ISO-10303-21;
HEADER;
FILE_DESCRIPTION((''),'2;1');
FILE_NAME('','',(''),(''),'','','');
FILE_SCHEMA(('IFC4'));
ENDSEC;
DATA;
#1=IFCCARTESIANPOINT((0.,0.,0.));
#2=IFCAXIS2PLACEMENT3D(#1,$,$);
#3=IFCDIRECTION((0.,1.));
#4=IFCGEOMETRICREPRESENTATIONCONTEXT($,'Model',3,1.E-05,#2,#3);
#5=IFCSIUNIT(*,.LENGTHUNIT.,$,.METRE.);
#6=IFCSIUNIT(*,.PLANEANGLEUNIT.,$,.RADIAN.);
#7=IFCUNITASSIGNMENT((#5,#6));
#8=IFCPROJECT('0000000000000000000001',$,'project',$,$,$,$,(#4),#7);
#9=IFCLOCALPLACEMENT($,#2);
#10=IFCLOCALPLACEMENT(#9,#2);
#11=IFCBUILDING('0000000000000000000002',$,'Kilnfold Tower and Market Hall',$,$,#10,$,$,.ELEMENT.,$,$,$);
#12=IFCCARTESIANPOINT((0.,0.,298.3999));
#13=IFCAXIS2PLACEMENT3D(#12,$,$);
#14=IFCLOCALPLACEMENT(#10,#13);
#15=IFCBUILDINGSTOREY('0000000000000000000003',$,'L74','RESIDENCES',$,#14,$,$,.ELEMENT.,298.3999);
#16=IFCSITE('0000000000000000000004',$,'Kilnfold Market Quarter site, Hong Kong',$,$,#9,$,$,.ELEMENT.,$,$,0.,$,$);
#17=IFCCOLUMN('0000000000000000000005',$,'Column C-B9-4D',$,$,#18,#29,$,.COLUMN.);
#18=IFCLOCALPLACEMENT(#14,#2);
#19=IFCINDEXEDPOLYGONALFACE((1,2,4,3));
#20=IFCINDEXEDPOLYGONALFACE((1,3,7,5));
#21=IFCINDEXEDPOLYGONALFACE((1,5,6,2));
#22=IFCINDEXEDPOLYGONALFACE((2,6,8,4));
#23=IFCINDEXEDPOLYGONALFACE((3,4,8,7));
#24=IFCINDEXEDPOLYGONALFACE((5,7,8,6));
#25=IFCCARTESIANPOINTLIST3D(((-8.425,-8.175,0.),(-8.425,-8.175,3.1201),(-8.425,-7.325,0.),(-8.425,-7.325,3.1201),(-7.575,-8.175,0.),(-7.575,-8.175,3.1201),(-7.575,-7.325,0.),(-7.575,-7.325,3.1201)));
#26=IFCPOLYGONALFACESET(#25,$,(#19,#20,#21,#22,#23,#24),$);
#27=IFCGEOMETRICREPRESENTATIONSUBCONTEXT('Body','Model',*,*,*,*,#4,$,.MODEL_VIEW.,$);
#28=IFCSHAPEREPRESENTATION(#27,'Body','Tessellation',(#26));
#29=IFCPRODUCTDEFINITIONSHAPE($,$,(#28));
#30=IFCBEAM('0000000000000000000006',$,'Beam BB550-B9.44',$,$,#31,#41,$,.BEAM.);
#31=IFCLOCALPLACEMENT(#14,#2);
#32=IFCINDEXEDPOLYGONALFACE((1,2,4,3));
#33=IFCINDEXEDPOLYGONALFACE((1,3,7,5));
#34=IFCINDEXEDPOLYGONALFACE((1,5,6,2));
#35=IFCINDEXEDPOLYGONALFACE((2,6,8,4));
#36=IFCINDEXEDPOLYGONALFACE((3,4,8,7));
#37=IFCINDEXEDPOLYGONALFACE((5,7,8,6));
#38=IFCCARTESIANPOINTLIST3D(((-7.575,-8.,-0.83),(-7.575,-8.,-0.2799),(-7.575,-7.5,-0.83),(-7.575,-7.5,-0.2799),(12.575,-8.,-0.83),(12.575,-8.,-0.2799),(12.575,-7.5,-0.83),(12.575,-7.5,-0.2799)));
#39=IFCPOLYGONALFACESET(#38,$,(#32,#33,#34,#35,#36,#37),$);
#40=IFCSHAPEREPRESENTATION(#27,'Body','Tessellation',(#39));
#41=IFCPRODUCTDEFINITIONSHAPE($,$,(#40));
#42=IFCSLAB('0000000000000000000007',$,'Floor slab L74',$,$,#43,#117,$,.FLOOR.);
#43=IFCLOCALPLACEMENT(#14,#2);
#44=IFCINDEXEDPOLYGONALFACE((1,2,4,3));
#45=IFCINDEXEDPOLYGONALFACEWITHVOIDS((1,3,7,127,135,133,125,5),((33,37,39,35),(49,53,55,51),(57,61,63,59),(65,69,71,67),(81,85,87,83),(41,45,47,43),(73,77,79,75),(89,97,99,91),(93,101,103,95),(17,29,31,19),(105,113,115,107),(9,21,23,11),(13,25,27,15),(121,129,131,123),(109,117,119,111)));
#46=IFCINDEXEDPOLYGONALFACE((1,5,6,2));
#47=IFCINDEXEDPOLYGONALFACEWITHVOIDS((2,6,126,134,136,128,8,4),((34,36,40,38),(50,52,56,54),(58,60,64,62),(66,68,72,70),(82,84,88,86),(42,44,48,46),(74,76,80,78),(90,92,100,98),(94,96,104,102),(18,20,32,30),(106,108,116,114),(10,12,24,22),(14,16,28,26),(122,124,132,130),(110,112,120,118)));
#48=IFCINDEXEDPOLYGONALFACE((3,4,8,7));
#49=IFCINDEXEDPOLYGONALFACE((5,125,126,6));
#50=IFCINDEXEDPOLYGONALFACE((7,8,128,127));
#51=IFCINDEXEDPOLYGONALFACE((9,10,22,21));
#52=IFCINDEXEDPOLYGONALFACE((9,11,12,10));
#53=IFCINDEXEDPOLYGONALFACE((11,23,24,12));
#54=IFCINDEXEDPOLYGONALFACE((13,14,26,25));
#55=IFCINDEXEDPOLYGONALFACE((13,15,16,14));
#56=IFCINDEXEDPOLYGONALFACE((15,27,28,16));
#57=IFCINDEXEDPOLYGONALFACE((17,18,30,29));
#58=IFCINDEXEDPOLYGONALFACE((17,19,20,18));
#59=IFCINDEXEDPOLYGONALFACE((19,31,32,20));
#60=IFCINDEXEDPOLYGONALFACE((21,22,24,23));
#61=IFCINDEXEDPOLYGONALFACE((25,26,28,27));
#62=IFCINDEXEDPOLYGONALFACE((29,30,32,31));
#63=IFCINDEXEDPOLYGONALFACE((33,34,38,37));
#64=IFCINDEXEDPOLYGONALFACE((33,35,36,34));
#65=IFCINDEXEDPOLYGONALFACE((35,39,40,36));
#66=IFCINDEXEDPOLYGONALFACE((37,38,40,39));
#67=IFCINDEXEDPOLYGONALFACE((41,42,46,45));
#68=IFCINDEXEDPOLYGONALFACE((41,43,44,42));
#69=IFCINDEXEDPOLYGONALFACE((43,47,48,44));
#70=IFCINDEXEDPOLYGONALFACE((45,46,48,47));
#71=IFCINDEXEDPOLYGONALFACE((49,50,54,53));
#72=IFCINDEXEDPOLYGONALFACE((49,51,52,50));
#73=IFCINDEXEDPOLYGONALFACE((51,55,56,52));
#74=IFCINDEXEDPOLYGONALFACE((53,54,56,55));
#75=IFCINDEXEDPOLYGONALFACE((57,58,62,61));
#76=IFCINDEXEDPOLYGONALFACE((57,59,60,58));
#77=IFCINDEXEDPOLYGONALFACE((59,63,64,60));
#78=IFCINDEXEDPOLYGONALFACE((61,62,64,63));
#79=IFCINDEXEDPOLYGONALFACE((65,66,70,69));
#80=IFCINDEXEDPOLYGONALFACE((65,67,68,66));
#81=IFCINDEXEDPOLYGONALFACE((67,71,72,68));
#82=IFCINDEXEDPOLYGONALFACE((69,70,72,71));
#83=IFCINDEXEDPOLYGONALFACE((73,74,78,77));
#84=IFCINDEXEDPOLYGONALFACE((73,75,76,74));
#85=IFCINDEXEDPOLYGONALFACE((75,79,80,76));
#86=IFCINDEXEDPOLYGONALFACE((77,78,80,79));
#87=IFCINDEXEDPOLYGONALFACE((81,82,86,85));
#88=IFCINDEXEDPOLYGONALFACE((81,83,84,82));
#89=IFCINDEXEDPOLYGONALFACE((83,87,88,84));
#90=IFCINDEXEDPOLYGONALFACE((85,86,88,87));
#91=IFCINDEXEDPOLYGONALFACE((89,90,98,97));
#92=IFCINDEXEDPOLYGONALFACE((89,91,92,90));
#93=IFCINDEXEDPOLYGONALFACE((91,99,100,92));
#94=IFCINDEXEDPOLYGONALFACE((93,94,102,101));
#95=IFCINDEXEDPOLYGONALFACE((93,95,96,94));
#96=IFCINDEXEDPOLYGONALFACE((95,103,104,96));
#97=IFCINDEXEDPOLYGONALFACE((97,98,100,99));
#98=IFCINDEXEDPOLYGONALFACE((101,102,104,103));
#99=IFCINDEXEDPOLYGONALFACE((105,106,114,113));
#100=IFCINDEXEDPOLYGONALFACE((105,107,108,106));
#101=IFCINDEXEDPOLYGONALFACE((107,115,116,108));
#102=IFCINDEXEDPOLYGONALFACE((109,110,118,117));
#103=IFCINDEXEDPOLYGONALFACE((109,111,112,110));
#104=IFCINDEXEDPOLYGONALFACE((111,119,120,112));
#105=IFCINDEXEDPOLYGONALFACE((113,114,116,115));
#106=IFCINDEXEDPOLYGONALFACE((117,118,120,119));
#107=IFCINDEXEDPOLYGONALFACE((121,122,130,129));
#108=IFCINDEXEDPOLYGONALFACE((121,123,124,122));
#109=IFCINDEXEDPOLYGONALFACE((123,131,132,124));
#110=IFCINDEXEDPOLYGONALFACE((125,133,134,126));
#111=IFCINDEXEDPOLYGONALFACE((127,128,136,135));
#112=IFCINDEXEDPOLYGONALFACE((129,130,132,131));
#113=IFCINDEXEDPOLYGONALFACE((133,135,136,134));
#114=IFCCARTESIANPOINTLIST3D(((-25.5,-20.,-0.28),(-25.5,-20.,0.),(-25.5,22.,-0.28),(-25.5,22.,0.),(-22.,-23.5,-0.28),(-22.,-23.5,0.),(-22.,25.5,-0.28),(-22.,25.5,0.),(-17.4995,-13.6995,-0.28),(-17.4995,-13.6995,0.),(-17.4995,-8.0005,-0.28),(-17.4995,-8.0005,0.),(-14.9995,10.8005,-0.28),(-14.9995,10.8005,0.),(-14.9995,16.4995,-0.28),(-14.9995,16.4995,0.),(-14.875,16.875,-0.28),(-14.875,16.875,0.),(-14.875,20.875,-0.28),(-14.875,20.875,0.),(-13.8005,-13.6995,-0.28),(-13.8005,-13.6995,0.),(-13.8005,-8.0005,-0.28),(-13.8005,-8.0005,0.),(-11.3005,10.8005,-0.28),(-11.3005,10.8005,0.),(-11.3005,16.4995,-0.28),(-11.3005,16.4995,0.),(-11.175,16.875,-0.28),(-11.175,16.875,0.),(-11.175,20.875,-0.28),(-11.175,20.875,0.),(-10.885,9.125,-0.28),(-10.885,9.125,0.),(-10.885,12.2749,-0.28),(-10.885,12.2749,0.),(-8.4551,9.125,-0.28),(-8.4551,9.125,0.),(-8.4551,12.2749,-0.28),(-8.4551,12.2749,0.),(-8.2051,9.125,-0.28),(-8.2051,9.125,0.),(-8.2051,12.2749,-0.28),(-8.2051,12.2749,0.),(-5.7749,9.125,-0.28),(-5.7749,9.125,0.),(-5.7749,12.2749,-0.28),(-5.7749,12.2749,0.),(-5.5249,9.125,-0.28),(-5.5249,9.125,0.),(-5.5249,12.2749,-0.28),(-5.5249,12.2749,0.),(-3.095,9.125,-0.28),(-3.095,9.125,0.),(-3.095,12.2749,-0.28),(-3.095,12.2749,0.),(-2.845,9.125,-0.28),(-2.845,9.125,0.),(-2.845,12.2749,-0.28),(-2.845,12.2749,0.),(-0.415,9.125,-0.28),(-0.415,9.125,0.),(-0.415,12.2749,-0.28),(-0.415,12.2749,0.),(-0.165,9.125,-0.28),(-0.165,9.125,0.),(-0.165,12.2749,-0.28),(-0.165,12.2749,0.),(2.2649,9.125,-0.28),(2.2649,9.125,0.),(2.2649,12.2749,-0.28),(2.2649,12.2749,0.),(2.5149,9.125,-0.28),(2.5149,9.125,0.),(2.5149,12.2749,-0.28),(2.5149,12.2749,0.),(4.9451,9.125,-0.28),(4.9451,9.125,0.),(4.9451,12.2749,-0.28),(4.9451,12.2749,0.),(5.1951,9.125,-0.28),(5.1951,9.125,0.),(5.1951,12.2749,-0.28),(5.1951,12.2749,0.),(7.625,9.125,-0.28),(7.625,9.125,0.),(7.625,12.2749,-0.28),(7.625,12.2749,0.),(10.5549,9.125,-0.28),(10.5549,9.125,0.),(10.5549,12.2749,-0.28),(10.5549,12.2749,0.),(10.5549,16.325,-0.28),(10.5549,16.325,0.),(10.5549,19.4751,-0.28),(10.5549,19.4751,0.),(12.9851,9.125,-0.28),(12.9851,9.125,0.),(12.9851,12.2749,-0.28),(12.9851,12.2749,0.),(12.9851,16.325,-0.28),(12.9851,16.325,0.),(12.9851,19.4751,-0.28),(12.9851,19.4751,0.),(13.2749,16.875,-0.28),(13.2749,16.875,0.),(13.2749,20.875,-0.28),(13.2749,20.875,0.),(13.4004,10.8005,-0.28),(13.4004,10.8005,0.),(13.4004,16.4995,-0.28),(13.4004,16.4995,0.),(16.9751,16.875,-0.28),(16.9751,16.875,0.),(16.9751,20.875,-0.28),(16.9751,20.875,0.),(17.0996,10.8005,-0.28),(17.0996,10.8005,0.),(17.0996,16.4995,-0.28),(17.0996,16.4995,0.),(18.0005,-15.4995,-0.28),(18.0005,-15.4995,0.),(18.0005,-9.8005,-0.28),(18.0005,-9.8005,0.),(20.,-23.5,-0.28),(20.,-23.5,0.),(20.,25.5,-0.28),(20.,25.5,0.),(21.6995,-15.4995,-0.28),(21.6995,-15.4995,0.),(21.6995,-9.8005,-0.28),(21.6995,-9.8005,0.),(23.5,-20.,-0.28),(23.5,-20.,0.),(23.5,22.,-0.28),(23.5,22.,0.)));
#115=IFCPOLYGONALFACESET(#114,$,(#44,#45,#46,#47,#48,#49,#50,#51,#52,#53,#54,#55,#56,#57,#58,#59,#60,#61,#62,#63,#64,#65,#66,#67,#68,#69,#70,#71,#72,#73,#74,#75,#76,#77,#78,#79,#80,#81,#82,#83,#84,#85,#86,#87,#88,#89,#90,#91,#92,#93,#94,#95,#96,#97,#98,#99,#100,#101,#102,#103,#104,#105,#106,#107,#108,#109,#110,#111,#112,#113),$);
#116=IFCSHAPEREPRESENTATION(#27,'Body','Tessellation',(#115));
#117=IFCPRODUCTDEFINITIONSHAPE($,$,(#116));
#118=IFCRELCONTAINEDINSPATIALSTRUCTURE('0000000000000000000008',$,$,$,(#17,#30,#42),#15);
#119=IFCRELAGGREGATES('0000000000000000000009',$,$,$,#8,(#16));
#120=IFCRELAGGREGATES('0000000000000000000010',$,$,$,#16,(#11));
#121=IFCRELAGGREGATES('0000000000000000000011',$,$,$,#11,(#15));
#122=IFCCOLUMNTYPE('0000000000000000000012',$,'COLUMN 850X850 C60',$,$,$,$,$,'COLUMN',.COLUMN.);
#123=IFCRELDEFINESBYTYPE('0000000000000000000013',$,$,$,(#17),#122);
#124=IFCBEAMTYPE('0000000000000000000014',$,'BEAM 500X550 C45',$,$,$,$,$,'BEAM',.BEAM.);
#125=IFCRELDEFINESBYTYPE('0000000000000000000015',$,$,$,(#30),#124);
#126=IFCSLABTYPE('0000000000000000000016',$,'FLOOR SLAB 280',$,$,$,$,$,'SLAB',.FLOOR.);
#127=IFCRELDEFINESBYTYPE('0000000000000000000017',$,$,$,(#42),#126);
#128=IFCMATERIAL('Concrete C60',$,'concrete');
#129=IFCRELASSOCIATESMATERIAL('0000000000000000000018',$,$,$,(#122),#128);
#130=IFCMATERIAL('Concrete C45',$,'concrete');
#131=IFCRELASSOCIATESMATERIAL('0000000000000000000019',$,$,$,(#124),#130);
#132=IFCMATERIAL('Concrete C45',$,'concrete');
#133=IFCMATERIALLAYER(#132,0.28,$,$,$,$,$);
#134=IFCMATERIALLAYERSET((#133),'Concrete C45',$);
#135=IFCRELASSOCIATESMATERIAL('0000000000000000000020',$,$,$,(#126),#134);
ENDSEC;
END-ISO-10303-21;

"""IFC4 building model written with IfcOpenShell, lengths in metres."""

from ifc_helpers import new_model, si_unit, direction, frame, origin, origin_2d, place, context, subcontext, project, spatial, polyline, rectangle, outline, extrude, source, transform, mapped, material, layer, layer_set, material_profile, profile_set, type_object, element, save


model = new_model("IFC4")

# Units and contexts
model_context = context("Model", 3, precision=1e-05, world=origin(), true_north=direction((0.0, 1.0)))
body_context = subcontext(model_context, "Body", "Model", "MODEL_VIEW")
ifc_project = project(units=[si_unit("LENGTHUNIT", "METRE"), si_unit("PLANEANGLEUNIT", "RADIAN")], contexts=[model_context])

# Site, building, storey
site_placement = place(None, origin())
site = spatial("IfcSite", under=ifc_project, at=site_placement, Name="Kilnfold Market Quarter site, Hong Kong", CompositionType="ELEMENT", RefElevation=0.0)
building_placement = place(site_placement, origin())
building = spatial("IfcBuilding", under=site, at=building_placement, Name="Kilnfold Tower and Market Hall", CompositionType="ELEMENT")
storey_placement = place(building_placement, frame((0.0, 0.0, 298.3999)))
storey = spatial("IfcBuildingStorey", under=building, at=storey_placement, Name="L74", Description="RESIDENCES", CompositionType="ELEMENT", Elevation=298.3999)

# Column
ifc_material_1 = material(Name="Concrete C60", Category="concrete")
ifc_material_profile_1 = material_profile(ifc_material_1, rectangle(XDim=0.8501, YDim=0.8501, at=origin_2d()), Name="RC 850x850")
ifc_profile_set_1 = profile_set([ifc_material_profile_1], Name="Concrete C60")
column_type = type_object("IfcColumnType", Name="COLUMN 850X850 C60", ElementType="COLUMN", PredefinedType="COLUMN", material=ifc_profile_set_1)
shared_shape_1 = source(origin(), body_context, "Body", "SweptSolid", [
    extrude(rectangle(XDim=0.8501, YDim=0.8501, at=origin_2d()), origin(), (0.0, 0.0, 1.0), 3.1201),
])
column_placement = place(storey_placement, frame((-8.0, -7.75, 0.0), z_axis=(0.0, 0.0, 1.0), x_axis=(1.0, 0.0, 0.0)))
element("IfcColumn", 1, at=column_placement, inside=storey, type_object=column_type, Name="Column C-B9-4D", PredefinedType="COLUMN", context=body_context, shape_type="MappedRepresentation", body=[
    mapped(shared_shape_1, transform((0.0, 0.0, 0.0))),
])

# Beam
ifc_material_2 = material(Name="Concrete C45", Category="concrete")
ifc_material_profile_2 = material_profile(ifc_material_2, rectangle(XDim=0.5, YDim=0.55, at=origin_2d()), Name="RC 500x550")
ifc_profile_set_2 = profile_set([ifc_material_profile_2], Name="Concrete C45")
beam_type = type_object("IfcBeamType", Name="BEAM 500X550 C45", ElementType="BEAM", PredefinedType="BEAM", material=ifc_profile_set_2)
shared_shape_2 = source(origin(), body_context, "Body", "SweptSolid", [
    extrude(rectangle(XDim=0.5, YDim=0.55, at=origin_2d()), origin(), (0.0, 0.0, 1.0), 20.1499),
])
beam_placement = place(storey_placement, frame((-7.575, -7.75, -0.5549), z_axis=(1.0, 0.0, 0.0), x_axis=(0.0, 1.0, 0.0)))
element("IfcBeam", 2, at=beam_placement, inside=storey, type_object=beam_type, Name="Beam BB550-B9.44", PredefinedType="BEAM", context=body_context, shape_type="MappedRepresentation", body=[
    mapped(shared_shape_2, transform((0.0, 0.0, 0.0))),
])

# Slab
ifc_material_3 = material(Name="Concrete C45", Category="concrete")
ifc_layer_1 = layer(ifc_material_3, 0.28)
ifc_layer_set_1 = layer_set([ifc_layer_1], Name="Concrete C45")
slab_type_1 = type_object("IfcSlabType", Name="FLOOR SLAB 280", ElementType="SLAB", PredefinedType="FLOOR", material=ifc_layer_set_1)
shared_shape_3 = source(origin(), body_context, "Body", "SweptSolid", [
    extrude(outline(polyline([(-22.0, -23.5), (20.0, -23.5), (23.5, -20.0), (23.5, 22.0), (20.0, 25.5), (-22.0, 25.5), (-25.5, 22.0), (-25.5, -20.0), (-22.0, -23.5)]), holes=[polyline([(-13.8005, -8.0005), (-13.8005, -13.6995), (-17.4995, -13.6995), (-17.4995, -8.0005), (-13.8005, -8.0005)]), polyline([(-11.3005, 10.8005), (-14.9995, 10.8005), (-14.9995, 16.4995), (-11.3005, 16.4995), (-11.3005, 10.8005)]), polyline([(-11.175, 16.875), (-14.875, 16.875), (-14.875, 20.875), (-11.175, 20.875), (-11.175, 16.875)]), polyline([(-8.4551, 9.125), (-10.885, 9.125), (-10.885, 12.2749), (-8.4551, 12.2749), (-8.4551, 9.125)]), polyline([(-5.7749, 9.125), (-8.2051, 9.125), (-8.2051, 12.2749), (-5.7749, 12.2749), (-5.7749, 9.125)]), polyline([(-3.095, 9.125), (-5.5249, 9.125), (-5.5249, 12.2749), (-3.095, 12.2749), (-3.095, 9.125)]), polyline([(-0.415, 9.125), (-2.845, 9.125), (-2.845, 12.2749), (-0.415, 12.2749), (-0.415, 9.125)]), polyline([(2.2649, 9.125), (-0.165, 9.125), (-0.165, 12.2749), (2.2649, 12.2749), (2.2649, 9.125)]), polyline([(4.9451, 9.125), (2.5149, 9.125), (2.5149, 12.2749), (4.9451, 12.2749), (4.9451, 9.125)]), polyline([(7.625, 9.125), (5.1951, 9.125), (5.1951, 12.2749), (7.625, 12.2749), (7.625, 9.125)]), polyline([(12.9851, 9.125), (10.5549, 9.125), (10.5549, 12.2749), (12.9851, 12.2749), (12.9851, 9.125)]), polyline([(12.9851, 16.325), (10.5549, 16.325), (10.5549, 19.4751), (12.9851, 19.4751), (12.9851, 16.325)]), polyline([(16.9751, 16.875), (13.2749, 16.875), (13.2749, 20.875), (16.9751, 20.875), (16.9751, 16.875)]), polyline([(17.0996, 10.8005), (13.4004, 10.8005), (13.4004, 16.4995), (17.0996, 16.4995), (17.0996, 10.8005)]), polyline([(18.0005, -9.8005), (21.6995, -9.8005), (21.6995, -15.4995), (18.0005, -15.4995), (18.0005, -9.8005)])]), origin(), (0.0, 0.0, 1.0), 0.28),
])
slab_1_placement = place(storey_placement, frame((0.0, 0.0, -0.28)))
element("IfcSlab", 3, at=slab_1_placement, inside=storey, type_object=slab_type_1, Name="Floor slab L74", PredefinedType="FLOOR", context=body_context, shape_type="MappedRepresentation", body=[
    mapped(shared_shape_3, transform((0.0, 0.0, 0.0))),
])

save(model, "model.ifc")
